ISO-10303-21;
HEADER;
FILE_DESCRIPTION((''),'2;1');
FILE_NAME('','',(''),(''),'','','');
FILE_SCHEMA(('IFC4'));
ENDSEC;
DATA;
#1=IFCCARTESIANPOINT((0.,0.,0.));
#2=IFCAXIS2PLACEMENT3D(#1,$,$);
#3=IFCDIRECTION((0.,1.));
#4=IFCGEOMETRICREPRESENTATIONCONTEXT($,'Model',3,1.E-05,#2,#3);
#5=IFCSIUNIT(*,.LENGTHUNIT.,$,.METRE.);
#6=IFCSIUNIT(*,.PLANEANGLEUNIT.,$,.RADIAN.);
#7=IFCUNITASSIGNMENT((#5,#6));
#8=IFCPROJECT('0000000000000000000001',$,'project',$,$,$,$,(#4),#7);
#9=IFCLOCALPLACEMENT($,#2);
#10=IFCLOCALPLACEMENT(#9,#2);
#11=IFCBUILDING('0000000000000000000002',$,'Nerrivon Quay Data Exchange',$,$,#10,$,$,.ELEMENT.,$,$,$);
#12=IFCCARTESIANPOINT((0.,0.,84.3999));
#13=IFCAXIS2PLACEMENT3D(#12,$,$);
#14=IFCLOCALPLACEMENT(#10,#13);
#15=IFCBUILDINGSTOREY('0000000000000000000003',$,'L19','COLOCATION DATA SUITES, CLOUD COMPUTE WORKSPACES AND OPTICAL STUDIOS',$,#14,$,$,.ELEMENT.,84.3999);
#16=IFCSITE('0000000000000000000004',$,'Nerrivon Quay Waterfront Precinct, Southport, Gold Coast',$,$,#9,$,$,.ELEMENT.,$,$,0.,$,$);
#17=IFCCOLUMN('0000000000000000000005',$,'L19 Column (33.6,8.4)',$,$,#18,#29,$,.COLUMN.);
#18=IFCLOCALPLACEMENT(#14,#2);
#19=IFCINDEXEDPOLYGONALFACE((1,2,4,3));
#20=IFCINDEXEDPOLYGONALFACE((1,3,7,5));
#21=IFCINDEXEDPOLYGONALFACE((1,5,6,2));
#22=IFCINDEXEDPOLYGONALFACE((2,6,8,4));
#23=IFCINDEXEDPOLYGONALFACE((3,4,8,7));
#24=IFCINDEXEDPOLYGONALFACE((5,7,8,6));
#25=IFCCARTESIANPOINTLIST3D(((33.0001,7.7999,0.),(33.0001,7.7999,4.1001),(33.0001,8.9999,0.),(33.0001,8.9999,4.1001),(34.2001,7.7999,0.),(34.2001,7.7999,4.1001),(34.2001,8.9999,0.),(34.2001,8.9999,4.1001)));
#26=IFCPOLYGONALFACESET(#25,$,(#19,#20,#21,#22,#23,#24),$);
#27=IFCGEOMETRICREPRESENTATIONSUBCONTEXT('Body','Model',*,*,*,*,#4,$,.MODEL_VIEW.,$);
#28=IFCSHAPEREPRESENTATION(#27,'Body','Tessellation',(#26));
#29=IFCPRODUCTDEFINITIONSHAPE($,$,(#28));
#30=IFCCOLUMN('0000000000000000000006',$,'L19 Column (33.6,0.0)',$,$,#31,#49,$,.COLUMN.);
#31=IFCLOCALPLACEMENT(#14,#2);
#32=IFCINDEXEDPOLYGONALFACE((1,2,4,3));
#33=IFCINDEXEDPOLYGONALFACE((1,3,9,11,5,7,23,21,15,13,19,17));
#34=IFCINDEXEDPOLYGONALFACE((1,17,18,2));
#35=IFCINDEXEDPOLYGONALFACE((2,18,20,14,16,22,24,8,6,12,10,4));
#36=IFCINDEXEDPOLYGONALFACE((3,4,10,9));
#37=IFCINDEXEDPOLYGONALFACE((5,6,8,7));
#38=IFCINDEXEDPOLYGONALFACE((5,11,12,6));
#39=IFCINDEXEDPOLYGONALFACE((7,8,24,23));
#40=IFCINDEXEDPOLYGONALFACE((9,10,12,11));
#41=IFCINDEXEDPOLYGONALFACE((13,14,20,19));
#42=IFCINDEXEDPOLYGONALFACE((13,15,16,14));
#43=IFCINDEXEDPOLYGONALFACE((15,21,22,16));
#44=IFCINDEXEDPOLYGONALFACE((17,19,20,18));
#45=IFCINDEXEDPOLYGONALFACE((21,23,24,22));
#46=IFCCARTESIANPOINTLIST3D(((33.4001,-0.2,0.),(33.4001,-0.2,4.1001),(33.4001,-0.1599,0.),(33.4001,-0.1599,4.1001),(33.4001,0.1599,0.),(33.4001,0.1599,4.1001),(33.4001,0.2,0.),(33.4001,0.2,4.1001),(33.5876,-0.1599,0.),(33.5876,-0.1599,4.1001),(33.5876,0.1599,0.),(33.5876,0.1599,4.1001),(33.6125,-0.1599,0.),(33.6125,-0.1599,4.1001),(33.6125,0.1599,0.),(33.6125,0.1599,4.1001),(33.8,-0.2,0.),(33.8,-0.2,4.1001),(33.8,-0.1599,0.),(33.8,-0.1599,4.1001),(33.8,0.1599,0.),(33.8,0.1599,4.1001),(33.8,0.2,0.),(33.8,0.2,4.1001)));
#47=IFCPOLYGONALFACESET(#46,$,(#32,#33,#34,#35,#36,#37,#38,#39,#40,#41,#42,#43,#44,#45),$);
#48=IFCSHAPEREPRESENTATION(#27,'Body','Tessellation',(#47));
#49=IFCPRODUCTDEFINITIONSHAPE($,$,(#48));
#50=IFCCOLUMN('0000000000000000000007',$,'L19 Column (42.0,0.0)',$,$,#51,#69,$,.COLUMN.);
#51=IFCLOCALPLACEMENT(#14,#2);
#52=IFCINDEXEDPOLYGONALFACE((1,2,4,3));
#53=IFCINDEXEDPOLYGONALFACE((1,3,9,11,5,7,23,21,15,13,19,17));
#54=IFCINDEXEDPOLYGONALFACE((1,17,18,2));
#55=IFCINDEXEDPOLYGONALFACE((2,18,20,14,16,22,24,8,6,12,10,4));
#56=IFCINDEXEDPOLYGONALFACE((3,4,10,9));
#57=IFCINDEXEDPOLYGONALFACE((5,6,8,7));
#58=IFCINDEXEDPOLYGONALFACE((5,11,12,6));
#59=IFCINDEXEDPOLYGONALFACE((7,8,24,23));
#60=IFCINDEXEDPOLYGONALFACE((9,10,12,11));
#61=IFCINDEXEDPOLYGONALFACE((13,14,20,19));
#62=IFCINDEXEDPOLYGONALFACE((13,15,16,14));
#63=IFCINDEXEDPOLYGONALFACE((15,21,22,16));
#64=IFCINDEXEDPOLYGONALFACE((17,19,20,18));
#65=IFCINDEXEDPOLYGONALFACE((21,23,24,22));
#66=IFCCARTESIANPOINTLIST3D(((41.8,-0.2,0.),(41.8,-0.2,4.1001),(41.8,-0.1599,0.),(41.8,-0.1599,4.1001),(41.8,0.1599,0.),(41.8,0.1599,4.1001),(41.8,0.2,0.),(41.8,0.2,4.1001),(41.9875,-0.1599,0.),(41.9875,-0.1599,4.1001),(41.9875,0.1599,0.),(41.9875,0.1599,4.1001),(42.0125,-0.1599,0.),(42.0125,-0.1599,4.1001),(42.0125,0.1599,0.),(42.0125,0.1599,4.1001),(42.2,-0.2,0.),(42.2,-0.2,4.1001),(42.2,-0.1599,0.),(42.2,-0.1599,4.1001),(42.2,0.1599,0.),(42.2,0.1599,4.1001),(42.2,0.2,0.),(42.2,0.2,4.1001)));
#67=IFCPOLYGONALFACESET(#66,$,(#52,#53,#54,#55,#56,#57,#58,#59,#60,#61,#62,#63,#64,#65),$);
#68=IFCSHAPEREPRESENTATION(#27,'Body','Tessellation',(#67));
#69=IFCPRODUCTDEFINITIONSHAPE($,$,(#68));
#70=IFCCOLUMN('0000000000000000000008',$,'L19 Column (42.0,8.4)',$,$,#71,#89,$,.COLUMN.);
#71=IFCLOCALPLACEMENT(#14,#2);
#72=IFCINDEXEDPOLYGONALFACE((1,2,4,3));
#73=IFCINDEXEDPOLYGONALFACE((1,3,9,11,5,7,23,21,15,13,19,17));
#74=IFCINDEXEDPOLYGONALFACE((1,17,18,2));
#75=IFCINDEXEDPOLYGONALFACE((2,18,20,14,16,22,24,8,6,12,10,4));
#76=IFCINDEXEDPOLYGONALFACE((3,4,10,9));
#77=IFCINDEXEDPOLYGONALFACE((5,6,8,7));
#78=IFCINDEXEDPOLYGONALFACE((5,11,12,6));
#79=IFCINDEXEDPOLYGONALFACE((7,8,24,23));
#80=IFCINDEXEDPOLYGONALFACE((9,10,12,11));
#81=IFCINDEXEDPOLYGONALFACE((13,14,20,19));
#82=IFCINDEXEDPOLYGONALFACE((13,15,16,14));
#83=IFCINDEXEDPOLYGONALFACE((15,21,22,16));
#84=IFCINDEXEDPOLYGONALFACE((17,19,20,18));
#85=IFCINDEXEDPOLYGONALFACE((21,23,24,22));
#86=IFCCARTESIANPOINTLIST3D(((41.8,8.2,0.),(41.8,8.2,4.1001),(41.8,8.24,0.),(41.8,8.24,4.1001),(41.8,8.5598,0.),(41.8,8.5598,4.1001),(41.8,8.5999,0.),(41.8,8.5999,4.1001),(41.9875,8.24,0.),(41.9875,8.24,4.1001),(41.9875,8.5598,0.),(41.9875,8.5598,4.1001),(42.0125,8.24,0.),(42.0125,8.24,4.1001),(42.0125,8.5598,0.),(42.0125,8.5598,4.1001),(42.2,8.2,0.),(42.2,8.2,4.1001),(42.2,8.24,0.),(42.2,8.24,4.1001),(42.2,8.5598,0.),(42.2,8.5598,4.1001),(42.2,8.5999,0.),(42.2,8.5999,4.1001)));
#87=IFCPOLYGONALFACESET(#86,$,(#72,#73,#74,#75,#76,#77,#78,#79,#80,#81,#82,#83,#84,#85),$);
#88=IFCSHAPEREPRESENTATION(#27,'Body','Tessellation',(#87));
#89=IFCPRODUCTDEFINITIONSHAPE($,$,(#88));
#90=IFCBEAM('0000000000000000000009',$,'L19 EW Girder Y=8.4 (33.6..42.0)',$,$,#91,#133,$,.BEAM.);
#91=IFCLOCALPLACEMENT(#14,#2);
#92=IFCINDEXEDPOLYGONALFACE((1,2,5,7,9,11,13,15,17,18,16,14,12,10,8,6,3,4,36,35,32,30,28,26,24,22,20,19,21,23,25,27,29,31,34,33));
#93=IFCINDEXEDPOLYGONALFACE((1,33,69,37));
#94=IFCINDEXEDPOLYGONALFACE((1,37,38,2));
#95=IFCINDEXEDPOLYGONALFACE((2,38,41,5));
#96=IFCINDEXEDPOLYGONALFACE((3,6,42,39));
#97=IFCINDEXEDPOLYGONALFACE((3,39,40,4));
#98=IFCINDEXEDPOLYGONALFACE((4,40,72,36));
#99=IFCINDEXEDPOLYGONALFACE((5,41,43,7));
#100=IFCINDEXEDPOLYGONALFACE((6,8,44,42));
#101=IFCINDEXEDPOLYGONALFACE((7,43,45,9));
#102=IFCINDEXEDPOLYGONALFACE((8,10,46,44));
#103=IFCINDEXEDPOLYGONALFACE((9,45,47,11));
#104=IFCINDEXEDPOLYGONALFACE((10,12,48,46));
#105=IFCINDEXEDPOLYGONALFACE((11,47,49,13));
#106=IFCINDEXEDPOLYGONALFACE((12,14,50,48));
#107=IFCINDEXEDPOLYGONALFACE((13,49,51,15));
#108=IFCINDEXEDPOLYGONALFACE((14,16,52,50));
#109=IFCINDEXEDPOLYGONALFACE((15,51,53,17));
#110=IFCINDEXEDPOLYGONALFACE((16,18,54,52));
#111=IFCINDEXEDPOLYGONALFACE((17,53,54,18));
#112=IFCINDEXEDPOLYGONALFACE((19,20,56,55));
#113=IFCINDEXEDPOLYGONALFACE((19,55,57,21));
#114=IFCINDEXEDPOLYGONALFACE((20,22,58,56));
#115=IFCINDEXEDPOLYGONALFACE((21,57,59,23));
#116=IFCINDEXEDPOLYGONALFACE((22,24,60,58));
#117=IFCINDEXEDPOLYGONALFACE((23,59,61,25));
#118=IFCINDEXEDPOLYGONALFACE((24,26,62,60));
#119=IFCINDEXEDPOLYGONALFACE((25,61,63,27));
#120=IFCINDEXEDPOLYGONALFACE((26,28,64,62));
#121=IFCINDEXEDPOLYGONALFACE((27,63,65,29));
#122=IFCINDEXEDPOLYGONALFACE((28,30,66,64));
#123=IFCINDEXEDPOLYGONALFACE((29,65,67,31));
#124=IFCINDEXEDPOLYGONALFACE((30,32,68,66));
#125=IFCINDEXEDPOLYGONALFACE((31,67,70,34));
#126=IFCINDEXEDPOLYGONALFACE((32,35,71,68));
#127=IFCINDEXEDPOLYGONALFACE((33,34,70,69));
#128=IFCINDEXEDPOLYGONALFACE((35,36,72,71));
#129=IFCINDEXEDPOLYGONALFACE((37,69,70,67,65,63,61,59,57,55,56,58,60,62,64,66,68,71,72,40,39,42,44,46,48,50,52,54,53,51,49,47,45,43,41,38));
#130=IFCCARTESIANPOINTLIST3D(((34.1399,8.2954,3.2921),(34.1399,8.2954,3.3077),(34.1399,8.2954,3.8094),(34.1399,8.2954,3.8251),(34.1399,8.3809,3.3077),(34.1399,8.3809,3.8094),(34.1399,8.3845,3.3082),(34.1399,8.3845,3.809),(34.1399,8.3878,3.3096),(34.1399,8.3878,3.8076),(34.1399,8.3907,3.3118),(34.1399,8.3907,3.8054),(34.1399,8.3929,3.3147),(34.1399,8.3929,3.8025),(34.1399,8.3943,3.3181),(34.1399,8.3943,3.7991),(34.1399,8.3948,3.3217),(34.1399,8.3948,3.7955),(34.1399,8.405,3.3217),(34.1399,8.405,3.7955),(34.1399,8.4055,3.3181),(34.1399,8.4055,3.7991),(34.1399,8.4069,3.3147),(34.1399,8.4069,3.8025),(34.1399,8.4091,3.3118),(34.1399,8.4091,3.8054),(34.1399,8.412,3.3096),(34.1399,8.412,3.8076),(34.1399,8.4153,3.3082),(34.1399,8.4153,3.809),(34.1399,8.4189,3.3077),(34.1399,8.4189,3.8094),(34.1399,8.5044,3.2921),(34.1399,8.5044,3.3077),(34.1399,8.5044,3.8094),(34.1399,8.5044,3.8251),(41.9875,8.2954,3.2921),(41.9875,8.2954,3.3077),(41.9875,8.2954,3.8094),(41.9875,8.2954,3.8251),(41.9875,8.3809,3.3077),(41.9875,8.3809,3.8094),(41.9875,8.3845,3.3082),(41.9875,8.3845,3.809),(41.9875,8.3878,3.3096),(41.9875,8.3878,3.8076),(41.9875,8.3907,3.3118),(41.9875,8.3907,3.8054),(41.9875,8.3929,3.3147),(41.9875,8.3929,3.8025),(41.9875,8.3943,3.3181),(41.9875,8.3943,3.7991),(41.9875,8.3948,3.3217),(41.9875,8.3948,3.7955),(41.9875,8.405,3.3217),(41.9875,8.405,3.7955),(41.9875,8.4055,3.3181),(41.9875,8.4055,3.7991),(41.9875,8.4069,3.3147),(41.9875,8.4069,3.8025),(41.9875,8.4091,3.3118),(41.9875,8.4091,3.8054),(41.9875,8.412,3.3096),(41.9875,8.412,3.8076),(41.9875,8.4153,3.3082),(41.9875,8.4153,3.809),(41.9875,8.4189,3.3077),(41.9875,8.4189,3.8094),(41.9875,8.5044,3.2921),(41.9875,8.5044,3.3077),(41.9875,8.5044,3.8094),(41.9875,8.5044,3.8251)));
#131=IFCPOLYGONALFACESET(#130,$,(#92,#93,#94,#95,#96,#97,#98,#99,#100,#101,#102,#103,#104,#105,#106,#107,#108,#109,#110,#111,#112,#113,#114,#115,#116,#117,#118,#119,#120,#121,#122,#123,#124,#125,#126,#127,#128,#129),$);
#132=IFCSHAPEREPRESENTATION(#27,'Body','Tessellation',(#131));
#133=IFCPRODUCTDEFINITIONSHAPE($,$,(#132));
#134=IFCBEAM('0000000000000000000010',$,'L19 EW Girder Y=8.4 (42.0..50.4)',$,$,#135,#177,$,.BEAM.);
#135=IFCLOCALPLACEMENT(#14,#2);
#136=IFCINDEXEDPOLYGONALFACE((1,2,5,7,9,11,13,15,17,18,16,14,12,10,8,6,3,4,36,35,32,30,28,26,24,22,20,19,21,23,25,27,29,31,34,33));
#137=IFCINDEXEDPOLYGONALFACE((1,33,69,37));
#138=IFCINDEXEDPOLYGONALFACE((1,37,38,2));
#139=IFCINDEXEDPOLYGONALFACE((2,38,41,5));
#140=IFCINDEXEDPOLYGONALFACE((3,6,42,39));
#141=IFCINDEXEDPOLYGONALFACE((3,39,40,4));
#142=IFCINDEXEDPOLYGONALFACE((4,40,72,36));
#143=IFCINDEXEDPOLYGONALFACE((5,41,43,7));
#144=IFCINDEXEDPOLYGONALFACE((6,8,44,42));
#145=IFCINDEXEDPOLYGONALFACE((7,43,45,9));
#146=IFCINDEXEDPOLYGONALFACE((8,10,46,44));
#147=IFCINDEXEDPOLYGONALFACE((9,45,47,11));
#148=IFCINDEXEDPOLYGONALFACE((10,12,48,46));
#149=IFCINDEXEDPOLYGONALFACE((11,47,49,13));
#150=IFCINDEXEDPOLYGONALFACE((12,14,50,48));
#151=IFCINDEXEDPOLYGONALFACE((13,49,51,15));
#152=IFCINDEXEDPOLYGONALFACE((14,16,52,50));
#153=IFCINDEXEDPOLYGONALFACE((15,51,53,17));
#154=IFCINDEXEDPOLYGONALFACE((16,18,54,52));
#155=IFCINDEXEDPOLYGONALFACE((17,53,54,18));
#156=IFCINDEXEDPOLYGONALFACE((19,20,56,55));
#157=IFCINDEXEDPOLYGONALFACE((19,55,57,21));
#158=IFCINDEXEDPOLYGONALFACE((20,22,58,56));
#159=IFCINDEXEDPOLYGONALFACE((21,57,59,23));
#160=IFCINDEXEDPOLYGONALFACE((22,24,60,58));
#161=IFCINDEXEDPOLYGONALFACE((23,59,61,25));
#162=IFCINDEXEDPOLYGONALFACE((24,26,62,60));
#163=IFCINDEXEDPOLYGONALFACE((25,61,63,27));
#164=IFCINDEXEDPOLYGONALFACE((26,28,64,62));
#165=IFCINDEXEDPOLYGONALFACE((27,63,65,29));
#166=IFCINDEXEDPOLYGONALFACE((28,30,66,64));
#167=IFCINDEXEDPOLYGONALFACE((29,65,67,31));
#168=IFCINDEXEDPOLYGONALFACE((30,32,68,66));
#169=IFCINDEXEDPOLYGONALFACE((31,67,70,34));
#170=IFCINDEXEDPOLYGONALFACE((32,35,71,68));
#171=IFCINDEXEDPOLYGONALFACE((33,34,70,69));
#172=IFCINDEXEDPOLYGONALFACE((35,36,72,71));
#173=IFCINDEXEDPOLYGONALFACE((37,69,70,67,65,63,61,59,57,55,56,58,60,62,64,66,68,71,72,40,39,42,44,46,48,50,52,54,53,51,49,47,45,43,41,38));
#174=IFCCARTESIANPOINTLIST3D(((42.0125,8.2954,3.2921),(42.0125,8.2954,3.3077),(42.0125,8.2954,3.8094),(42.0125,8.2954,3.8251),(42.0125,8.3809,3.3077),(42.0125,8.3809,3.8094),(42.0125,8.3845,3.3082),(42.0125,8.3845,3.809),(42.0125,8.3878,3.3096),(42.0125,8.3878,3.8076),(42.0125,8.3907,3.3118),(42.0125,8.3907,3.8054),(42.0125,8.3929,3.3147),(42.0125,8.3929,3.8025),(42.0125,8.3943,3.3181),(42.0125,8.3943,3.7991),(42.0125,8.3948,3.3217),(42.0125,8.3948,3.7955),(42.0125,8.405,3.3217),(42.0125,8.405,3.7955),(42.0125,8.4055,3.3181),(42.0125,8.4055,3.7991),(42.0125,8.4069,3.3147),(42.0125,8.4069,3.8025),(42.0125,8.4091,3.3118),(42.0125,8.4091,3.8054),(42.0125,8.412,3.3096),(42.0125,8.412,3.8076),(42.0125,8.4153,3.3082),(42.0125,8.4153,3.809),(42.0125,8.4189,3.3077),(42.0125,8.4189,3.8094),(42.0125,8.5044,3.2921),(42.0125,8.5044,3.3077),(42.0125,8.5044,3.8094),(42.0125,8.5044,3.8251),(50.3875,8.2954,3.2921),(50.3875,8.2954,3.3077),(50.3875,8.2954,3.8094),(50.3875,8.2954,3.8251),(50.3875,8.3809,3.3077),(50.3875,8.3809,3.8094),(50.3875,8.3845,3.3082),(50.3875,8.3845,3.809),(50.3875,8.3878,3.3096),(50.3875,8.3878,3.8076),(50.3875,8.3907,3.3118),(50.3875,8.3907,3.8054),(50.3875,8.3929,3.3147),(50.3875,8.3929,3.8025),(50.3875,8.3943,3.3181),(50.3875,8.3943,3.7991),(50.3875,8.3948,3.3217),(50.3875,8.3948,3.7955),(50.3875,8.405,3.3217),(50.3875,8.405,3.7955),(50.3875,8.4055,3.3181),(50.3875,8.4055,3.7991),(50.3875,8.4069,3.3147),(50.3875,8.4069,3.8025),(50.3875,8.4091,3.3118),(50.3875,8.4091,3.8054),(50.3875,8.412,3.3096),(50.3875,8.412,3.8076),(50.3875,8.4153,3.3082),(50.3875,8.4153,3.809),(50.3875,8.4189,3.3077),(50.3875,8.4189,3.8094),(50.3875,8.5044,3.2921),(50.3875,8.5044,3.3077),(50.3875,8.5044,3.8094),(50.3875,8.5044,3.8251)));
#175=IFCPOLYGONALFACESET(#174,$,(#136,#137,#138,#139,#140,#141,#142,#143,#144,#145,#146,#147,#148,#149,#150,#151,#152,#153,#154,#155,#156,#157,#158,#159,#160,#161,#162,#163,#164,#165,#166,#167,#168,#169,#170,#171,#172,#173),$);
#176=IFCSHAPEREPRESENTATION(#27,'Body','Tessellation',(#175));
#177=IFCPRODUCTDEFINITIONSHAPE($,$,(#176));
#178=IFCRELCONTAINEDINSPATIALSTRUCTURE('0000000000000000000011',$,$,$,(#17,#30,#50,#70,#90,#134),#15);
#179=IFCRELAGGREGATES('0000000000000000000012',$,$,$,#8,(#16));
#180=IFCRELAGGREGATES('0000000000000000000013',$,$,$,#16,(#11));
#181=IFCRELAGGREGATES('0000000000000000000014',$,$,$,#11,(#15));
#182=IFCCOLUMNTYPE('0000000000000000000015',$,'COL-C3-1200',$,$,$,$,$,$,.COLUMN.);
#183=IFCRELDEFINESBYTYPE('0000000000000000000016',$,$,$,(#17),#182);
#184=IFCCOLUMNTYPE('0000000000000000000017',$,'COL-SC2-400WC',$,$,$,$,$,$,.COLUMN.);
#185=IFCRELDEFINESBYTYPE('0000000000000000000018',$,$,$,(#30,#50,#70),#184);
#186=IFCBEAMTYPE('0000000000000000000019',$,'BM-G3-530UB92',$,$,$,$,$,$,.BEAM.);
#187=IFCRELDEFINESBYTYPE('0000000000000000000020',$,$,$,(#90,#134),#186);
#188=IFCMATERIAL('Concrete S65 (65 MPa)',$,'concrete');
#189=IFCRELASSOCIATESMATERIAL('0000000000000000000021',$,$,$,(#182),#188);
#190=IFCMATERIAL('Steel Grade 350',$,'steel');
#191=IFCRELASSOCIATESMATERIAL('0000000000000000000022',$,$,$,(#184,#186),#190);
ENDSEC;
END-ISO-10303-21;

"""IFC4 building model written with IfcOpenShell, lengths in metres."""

from ifc_helpers import new_model, si_unit, direction, frame, origin, origin_2d, place, context, subcontext, project, spatial, rectangle, i_section, extrude, material, material_profile, profile_set, type_object, element, save


model = new_model("IFC4")

# Units and contexts
model_context = context("Model", 3, precision=1e-05, world=origin(), true_north=direction((0.0, 1.0)))
body_context = subcontext(model_context, "Body", "Model", "MODEL_VIEW")
ifc_project = project(units=[si_unit("LENGTHUNIT", "METRE"), si_unit("PLANEANGLEUNIT", "RADIAN")], contexts=[model_context])

# Site, building, storey
site_placement = place(None, origin())
site = spatial("IfcSite", under=ifc_project, at=site_placement, Name="Nerrivon Quay Waterfront Precinct, Southport, Gold Coast", CompositionType="ELEMENT", RefElevation=0.0)
building_placement = place(site_placement, origin())
building = spatial("IfcBuilding", under=site, at=building_placement, Name="Nerrivon Quay Data Exchange", CompositionType="ELEMENT")
storey_placement = place(building_placement, frame((0.0, 0.0, 84.3999)))
storey = spatial("IfcBuildingStorey", under=building, at=storey_placement, Name="L19", Description="COLOCATION DATA SUITES, CLOUD COMPUTE WORKSPACES AND OPTICAL STUDIOS", CompositionType="ELEMENT", Elevation=84.3999)

# Columns
ifc_material_1 = material(Name="Concrete S65 (65 MPa)", Category="concrete")
ifc_material_profile_1 = material_profile(ifc_material_1, rectangle(XDim=1.2, YDim=1.2, at=origin_2d()), Name="RC-COL-1200x1200")
ifc_profile_set_1 = profile_set([ifc_material_profile_1], Name="Concrete S65 (65 MPa)")
column_type_1 = type_object("IfcColumnType", Name="COL-C3-1200", PredefinedType="COLUMN", material=ifc_profile_set_1)
column_placement = place(storey_placement, frame((33.6001, 8.3999, 0.0), z_axis=(0.0, 0.0, 1.0), x_axis=(1.0, 0.0, 0.0)))
element("IfcColumn", 1, at=column_placement, inside=storey, type_object=column_type_1, Name="L19 Column (33.6,8.4)", PredefinedType="COLUMN", context=body_context, shape_type="SweptSolid", body=[
    extrude(rectangle(XDim=1.2, YDim=1.2, at=origin_2d()), origin(), (0.0, 0.0, 1.0), 4.1001),
])
ifc_material_2 = material(Name="Steel Grade 350", Category="steel")
ifc_material_profile_2 = material_profile(ifc_material_2, i_section(OverallWidth=0.3999, OverallDepth=0.3999, WebThickness=0.0249, FlangeThickness=0.04, at=origin_2d()), Name="400WC328")
ifc_profile_set_2 = profile_set([ifc_material_profile_2], Name="Steel Grade 350")
column_type_2 = type_object("IfcColumnType", Name="COL-SC2-400WC", PredefinedType="COLUMN", material=ifc_profile_set_2)
for number, where, z_axis, x_axis, name in (
    (2, (33.6001, 0.0, 0.0), (0.0, 0.0, 1.0), (1.0, 0.0, 0.0), "L19 Column (33.6,0.0)"),
    (3, (42.0, 0.0, 0.0), (0.0, 0.0, 1.0), (1.0, 0.0, 0.0), "L19 Column (42.0,0.0)"),
    (4, (42.0, 8.3999, 0.0), (0.0, 0.0, 1.0), (1.0, 0.0, 0.0), "L19 Column (42.0,8.4)"),
):
    element("IfcColumn", number, at=place(storey_placement, frame(where, z_axis=z_axis, x_axis=x_axis)), inside=storey, type_object=column_type_2, Name=name, PredefinedType="COLUMN", context=body_context, shape_type="SweptSolid", body=[
        extrude(i_section(OverallWidth=0.3999, OverallDepth=0.3999, WebThickness=0.0249, FlangeThickness=0.04, at=origin_2d()), origin(), (0.0, 0.0, 1.0), 4.1001),
    ])

# Beams
ifc_material_profile_3 = material_profile(ifc_material_2, i_section(OverallWidth=0.209, OverallDepth=0.533, WebThickness=0.0103, FlangeThickness=0.0156, FilletRadius=0.0139, at=origin_2d()), Name="530UB92.4")
ifc_profile_set_3 = profile_set([ifc_material_profile_3], Name="Steel Grade 350")
beam_type_1 = type_object("IfcBeamType", Name="BM-G3-530UB92", PredefinedType="BEAM", material=ifc_profile_set_3)
beam_1_placement = place(storey_placement, frame((34.1399, 8.3999, 3.5586), z_axis=(1.0, 0.0, 0.0), x_axis=(0.0, 1.0, 0.0)))
element("IfcBeam", 5, at=beam_1_placement, inside=storey, type_object=beam_type_1, Name="L19 EW Girder Y=8.4 (33.6..42.0)", PredefinedType="BEAM", context=body_context, shape_type="SweptSolid", body=[
    extrude(i_section(OverallWidth=0.209, OverallDepth=0.533, WebThickness=0.0103, FlangeThickness=0.0156, FilletRadius=0.0139, at=origin_2d()), origin(), (0.0, 0.0, 1.0), 7.8477),
])
beam_2_placement = place(storey_placement, frame((42.0125, 8.3999, 3.5586), z_axis=(1.0, 0.0, 0.0), x_axis=(0.0, 1.0, 0.0)))
element("IfcBeam", 6, at=beam_2_placement, inside=storey, type_object=beam_type_1, Name="L19 EW Girder Y=8.4 (42.0..50.4)", PredefinedType="BEAM", context=body_context, shape_type="SweptSolid", body=[
    extrude(i_section(OverallWidth=0.209, OverallDepth=0.533, WebThickness=0.0103, FlangeThickness=0.0156, FilletRadius=0.0139, at=origin_2d()), origin(), (0.0, 0.0, 1.0), 8.375),
])

save(model, "model.ifc")
